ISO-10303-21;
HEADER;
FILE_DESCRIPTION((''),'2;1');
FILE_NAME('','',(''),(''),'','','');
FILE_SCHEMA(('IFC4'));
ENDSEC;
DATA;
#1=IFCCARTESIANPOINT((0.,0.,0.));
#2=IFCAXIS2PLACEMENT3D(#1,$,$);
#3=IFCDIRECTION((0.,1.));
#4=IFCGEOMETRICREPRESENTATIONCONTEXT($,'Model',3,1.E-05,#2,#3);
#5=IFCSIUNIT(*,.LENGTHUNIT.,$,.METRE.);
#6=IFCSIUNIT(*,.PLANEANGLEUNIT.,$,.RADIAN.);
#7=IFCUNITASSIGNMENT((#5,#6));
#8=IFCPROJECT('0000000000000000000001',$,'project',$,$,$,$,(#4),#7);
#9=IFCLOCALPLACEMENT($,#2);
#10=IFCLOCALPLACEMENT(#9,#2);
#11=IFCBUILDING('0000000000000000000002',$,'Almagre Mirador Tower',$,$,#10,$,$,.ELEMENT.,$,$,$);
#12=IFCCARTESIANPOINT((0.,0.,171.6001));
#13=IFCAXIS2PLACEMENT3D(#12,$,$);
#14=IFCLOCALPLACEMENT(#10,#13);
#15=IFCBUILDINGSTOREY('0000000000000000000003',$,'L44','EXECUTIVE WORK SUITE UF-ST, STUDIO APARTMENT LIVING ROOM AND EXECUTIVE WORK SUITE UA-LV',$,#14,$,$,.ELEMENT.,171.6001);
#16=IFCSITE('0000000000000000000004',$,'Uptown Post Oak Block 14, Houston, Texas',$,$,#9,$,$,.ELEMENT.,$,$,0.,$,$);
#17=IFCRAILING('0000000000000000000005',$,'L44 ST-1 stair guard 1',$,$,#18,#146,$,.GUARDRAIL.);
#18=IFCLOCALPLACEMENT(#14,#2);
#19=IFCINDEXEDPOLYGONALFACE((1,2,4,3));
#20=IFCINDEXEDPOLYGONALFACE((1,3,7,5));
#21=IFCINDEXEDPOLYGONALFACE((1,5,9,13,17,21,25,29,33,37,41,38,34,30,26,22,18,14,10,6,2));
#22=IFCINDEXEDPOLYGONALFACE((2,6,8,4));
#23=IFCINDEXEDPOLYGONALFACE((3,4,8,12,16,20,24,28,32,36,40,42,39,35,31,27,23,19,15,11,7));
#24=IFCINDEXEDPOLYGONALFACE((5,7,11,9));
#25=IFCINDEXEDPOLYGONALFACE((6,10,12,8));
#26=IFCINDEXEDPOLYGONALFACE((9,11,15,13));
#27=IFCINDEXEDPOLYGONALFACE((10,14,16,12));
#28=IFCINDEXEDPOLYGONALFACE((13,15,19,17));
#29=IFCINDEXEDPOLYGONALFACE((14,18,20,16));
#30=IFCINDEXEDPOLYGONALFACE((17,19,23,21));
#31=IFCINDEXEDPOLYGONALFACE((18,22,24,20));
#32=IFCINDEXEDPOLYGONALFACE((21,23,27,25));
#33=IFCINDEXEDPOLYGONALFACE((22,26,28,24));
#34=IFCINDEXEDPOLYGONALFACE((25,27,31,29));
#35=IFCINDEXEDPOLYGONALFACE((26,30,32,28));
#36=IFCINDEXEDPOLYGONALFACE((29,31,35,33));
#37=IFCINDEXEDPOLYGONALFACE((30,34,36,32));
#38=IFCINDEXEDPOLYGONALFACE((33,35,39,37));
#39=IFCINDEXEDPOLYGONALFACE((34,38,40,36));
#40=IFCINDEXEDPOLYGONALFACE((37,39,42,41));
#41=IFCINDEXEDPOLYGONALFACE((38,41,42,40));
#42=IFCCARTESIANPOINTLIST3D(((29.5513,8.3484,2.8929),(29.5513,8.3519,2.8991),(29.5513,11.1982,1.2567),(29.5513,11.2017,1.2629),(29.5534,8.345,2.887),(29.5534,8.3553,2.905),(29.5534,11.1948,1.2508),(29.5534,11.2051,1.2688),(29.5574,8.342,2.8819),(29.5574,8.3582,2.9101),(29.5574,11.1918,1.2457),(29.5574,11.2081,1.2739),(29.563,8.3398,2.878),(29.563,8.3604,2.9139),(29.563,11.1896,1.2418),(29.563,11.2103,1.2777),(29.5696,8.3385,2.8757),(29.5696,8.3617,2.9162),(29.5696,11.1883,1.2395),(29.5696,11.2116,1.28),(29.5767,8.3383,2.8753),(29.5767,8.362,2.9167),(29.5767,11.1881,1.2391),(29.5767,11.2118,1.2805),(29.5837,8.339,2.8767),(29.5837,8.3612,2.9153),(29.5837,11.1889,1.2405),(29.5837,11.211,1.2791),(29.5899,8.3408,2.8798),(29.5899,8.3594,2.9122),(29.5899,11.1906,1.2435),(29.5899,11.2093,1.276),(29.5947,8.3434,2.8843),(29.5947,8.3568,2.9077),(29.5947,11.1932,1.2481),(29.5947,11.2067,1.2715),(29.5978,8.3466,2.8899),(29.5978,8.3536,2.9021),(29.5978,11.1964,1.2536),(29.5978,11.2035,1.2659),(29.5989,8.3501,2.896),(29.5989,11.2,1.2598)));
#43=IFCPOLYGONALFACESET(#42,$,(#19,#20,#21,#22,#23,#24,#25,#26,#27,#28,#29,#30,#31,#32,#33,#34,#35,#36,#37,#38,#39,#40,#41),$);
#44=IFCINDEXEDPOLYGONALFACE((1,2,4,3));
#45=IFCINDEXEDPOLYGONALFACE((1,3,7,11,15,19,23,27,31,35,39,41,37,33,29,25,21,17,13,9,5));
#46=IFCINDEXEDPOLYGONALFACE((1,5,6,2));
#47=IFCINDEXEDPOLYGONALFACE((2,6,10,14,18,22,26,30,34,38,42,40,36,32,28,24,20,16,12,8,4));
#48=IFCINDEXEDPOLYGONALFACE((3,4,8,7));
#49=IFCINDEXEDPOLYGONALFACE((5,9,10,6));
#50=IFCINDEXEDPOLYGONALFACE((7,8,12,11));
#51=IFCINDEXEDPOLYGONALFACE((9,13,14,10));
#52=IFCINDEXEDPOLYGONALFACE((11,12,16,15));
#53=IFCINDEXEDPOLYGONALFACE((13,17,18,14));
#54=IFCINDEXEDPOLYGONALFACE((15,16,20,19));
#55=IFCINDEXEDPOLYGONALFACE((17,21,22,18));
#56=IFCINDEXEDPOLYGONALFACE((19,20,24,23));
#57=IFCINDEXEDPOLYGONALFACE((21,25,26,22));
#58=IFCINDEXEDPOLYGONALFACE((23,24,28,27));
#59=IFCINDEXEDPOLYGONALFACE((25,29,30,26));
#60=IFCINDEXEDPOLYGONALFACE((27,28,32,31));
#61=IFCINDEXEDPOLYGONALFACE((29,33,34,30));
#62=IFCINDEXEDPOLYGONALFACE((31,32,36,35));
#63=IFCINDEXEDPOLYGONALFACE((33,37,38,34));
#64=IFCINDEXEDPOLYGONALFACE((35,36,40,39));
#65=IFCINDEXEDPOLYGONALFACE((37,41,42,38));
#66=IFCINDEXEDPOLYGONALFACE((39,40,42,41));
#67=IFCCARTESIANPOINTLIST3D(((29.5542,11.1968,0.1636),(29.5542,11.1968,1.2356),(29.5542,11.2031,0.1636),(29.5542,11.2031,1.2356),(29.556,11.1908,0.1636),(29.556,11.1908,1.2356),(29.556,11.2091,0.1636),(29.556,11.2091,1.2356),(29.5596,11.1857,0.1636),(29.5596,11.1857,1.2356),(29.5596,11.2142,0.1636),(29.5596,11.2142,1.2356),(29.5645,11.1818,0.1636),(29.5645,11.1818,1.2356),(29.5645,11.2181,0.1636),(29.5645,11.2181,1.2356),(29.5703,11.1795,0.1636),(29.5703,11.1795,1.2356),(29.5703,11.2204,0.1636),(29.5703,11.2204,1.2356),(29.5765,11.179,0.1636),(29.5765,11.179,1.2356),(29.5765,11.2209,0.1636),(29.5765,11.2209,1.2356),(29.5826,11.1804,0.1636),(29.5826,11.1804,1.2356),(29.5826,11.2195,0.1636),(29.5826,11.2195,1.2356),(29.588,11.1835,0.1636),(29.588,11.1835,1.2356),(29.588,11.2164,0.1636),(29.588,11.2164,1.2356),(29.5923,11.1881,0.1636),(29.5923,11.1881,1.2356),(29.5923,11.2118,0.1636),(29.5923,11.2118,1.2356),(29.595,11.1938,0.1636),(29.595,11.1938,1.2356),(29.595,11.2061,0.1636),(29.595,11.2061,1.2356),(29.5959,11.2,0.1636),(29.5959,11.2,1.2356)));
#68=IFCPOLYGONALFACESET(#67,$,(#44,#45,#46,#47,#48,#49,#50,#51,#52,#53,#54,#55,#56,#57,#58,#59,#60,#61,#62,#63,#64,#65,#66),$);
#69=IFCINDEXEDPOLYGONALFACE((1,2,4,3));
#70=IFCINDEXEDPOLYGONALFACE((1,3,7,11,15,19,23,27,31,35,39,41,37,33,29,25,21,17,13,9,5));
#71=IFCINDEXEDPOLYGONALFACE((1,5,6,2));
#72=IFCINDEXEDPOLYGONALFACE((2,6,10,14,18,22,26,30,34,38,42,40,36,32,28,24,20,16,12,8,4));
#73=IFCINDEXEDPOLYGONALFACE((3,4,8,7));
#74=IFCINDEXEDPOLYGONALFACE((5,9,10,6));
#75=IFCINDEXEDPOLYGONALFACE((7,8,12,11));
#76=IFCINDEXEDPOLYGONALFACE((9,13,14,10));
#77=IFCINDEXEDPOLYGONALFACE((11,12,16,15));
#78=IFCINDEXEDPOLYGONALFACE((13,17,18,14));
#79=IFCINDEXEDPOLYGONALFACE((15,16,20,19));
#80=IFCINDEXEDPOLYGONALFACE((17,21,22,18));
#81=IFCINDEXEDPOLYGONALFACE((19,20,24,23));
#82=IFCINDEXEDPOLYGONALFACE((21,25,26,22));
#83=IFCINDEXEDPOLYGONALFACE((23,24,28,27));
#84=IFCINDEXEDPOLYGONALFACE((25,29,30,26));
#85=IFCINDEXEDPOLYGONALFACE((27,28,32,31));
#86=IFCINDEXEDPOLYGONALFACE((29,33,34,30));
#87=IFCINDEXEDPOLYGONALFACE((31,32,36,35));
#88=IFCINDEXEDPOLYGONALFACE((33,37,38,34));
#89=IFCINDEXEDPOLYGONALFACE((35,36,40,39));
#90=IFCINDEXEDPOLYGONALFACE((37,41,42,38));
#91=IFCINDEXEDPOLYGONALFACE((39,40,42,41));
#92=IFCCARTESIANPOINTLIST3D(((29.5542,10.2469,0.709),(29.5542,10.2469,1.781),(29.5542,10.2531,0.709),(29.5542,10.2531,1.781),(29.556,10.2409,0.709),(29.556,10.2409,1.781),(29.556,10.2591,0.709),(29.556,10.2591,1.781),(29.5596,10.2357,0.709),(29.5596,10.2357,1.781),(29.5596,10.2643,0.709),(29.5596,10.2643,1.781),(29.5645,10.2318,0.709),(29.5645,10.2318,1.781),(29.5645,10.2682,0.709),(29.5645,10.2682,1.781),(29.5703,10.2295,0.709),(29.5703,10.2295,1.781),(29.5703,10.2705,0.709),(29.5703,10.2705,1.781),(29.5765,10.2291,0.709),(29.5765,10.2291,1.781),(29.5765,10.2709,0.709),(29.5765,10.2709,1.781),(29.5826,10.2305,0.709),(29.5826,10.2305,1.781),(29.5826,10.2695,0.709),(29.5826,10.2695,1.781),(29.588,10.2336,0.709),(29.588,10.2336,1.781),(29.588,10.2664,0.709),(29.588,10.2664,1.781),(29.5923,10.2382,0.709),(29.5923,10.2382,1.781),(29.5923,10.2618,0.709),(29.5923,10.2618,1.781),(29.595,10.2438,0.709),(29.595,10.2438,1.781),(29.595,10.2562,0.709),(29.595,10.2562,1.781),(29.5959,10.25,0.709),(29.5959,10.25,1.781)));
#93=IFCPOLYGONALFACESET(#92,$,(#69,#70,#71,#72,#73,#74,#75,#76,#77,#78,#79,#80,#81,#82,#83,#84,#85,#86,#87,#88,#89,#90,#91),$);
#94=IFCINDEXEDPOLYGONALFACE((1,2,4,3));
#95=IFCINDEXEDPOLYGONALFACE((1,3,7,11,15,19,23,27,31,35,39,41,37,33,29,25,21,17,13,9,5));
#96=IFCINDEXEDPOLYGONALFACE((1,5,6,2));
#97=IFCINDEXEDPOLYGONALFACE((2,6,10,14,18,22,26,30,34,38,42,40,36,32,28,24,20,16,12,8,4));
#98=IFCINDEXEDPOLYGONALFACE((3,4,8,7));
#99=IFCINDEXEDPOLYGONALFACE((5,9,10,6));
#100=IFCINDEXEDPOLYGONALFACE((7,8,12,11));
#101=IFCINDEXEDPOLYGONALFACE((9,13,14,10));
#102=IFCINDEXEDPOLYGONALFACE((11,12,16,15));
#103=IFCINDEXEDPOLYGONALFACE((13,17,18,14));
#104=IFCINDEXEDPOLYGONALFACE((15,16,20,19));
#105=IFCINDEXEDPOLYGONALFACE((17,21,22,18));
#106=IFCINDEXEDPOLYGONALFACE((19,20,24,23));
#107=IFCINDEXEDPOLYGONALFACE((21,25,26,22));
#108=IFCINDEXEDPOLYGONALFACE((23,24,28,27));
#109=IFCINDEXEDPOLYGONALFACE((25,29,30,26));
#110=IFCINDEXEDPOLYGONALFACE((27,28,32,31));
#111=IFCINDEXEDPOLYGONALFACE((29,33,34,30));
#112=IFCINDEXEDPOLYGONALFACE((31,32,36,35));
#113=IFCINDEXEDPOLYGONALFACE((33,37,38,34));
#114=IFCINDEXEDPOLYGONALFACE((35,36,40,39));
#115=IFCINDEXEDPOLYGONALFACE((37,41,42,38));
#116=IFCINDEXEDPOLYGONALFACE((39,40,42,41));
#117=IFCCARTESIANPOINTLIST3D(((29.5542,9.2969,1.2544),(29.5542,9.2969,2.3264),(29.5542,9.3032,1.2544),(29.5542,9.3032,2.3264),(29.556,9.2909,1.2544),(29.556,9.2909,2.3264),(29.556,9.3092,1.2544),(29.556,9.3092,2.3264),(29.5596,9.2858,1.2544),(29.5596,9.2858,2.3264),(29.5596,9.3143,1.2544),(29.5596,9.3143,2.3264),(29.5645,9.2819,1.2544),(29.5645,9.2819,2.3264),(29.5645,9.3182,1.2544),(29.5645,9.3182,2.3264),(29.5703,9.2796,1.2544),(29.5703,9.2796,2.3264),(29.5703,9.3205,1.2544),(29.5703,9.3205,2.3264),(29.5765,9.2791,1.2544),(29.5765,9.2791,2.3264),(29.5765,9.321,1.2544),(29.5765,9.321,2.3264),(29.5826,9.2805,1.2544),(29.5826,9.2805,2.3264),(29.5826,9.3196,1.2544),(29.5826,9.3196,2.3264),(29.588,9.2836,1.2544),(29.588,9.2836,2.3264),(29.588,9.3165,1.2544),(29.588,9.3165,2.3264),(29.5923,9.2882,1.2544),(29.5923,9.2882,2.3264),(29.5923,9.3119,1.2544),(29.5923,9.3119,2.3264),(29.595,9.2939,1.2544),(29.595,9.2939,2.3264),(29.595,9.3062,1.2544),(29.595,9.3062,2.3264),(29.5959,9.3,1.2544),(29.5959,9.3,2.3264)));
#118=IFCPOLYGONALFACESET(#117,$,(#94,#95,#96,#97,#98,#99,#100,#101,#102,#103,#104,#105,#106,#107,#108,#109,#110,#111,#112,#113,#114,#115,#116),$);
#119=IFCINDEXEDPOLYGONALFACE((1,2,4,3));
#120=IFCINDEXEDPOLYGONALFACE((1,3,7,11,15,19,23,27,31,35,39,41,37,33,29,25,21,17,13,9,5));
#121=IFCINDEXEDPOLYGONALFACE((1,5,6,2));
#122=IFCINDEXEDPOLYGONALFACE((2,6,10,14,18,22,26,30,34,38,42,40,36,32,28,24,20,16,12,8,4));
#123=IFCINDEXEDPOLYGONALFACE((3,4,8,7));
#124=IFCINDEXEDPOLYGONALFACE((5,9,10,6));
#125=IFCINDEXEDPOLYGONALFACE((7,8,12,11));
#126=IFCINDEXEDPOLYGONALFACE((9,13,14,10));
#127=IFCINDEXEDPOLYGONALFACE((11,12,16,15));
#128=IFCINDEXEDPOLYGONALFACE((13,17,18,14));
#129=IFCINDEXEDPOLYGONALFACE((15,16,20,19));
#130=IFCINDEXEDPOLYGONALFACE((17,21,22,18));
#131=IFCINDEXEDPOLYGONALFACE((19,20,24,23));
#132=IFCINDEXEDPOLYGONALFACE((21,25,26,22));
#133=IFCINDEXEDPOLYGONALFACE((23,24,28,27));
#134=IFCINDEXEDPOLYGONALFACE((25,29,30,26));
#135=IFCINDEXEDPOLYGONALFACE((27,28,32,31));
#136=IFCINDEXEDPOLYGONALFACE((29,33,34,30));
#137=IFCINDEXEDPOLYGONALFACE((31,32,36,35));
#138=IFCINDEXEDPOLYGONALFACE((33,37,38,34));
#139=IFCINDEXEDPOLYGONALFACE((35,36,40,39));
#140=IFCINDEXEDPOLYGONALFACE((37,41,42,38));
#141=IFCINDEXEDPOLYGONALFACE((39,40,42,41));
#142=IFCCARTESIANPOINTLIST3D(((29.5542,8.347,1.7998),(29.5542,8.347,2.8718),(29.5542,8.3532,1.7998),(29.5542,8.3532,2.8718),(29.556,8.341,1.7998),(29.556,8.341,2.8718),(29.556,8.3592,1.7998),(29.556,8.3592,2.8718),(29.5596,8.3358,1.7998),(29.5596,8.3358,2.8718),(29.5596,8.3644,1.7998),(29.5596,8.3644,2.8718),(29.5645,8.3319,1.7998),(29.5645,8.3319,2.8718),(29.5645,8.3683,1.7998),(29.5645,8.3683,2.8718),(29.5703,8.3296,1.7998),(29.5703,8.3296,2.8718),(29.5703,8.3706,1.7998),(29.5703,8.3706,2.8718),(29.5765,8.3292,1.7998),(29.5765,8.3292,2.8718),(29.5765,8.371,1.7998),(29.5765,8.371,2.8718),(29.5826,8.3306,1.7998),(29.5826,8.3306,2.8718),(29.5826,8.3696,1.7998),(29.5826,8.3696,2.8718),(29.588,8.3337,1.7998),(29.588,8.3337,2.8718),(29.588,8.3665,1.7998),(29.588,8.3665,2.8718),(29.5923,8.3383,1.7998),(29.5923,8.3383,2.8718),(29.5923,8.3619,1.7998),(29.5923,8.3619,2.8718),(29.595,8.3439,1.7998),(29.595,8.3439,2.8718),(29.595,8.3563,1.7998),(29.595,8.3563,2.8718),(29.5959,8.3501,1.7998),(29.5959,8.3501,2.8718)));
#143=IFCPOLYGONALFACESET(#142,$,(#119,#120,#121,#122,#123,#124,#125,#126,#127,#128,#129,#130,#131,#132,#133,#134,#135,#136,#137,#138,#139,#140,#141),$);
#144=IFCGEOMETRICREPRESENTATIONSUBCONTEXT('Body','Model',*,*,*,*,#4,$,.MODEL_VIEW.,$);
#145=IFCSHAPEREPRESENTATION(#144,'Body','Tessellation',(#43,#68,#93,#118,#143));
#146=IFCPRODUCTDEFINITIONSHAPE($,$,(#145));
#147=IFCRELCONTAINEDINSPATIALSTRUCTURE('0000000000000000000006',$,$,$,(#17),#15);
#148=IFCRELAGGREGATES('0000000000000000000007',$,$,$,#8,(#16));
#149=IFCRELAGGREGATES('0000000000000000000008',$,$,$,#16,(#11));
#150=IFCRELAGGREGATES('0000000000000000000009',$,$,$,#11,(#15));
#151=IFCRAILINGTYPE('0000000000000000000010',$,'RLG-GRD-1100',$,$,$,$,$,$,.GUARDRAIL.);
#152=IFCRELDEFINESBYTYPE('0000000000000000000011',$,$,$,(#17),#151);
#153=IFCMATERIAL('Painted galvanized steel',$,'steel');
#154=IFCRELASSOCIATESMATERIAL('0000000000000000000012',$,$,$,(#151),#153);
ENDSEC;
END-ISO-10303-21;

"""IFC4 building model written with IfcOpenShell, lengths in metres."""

from ifc_helpers import new_model, si_unit, direction, frame, origin, origin_2d, place, context, subcontext, project, spatial, circle, extrude, material, type_object, element, save


model = new_model("IFC4")

# Units and contexts
model_context = context("Model", 3, precision=1e-05, world=origin(), true_north=direction((0.0, 1.0)))
body_context = subcontext(model_context, "Body", "Model", "MODEL_VIEW")
ifc_project = project(units=[si_unit("LENGTHUNIT", "METRE"), si_unit("PLANEANGLEUNIT", "RADIAN")], contexts=[model_context])

# Site, building, storey
site_placement = place(None, origin())
site = spatial("IfcSite", under=ifc_project, at=site_placement, Name="Uptown Post Oak Block 14, Houston, Texas", CompositionType="ELEMENT", RefElevation=0.0)
building_placement = place(site_placement, origin())
building = spatial("IfcBuilding", under=site, at=building_placement, Name="Almagre Mirador Tower", CompositionType="ELEMENT")
storey_placement = place(building_placement, frame((0.0, 0.0, 171.6001)))
storey = spatial("IfcBuildingStorey", under=building, at=storey_placement, Name="L44", Description="EXECUTIVE WORK SUITE UF-ST, STUDIO APARTMENT LIVING ROOM AND EXECUTIVE WORK SUITE UA-LV", CompositionType="ELEMENT", Elevation=171.6001)

# Railing
ifc_material_1 = material(Name="Painted galvanized steel", Category="steel")
railing_type_1 = type_object("IfcRailingType", Name="RLG-GRD-1100", PredefinedType="GUARDRAIL", material=ifc_material_1)
railing_1_placement = place(storey_placement, frame((29.575, 11.2, 0.1636)))
element("IfcRailing", 1, at=railing_1_placement, inside=storey, type_object=railing_type_1, Name="L44 ST-1 stair guard 1", PredefinedType="GUARDRAIL", context=body_context, shape_type="SweptSolid", body=[
    extrude(circle(Radius=0.0239, at=origin_2d()), frame((0.0, 0.0, 1.0962), z_axis=(0.0, -0.867226, 0.497914), x_axis=(1.0, 0.0, 0.0)), (0.0, 0.0, 1.0), 3.2861),
    extrude(circle(Radius=0.021, at=origin_2d()), origin(), (0.0, 0.0, 1.0), 1.072),
    extrude(circle(Radius=0.021, at=origin_2d()), frame((0.0, -0.95, 0.5454)), (0.0, 0.0, 1.0), 1.072),
    extrude(circle(Radius=0.021, at=origin_2d()), frame((0.0, -1.8999, 1.0908)), (0.0, 0.0, 1.0), 1.072),
    extrude(circle(Radius=0.021, at=origin_2d()), frame((0.0, -2.8499, 1.6362)), (0.0, 0.0, 1.0), 1.072),
])

save(model, "model.ifc")
